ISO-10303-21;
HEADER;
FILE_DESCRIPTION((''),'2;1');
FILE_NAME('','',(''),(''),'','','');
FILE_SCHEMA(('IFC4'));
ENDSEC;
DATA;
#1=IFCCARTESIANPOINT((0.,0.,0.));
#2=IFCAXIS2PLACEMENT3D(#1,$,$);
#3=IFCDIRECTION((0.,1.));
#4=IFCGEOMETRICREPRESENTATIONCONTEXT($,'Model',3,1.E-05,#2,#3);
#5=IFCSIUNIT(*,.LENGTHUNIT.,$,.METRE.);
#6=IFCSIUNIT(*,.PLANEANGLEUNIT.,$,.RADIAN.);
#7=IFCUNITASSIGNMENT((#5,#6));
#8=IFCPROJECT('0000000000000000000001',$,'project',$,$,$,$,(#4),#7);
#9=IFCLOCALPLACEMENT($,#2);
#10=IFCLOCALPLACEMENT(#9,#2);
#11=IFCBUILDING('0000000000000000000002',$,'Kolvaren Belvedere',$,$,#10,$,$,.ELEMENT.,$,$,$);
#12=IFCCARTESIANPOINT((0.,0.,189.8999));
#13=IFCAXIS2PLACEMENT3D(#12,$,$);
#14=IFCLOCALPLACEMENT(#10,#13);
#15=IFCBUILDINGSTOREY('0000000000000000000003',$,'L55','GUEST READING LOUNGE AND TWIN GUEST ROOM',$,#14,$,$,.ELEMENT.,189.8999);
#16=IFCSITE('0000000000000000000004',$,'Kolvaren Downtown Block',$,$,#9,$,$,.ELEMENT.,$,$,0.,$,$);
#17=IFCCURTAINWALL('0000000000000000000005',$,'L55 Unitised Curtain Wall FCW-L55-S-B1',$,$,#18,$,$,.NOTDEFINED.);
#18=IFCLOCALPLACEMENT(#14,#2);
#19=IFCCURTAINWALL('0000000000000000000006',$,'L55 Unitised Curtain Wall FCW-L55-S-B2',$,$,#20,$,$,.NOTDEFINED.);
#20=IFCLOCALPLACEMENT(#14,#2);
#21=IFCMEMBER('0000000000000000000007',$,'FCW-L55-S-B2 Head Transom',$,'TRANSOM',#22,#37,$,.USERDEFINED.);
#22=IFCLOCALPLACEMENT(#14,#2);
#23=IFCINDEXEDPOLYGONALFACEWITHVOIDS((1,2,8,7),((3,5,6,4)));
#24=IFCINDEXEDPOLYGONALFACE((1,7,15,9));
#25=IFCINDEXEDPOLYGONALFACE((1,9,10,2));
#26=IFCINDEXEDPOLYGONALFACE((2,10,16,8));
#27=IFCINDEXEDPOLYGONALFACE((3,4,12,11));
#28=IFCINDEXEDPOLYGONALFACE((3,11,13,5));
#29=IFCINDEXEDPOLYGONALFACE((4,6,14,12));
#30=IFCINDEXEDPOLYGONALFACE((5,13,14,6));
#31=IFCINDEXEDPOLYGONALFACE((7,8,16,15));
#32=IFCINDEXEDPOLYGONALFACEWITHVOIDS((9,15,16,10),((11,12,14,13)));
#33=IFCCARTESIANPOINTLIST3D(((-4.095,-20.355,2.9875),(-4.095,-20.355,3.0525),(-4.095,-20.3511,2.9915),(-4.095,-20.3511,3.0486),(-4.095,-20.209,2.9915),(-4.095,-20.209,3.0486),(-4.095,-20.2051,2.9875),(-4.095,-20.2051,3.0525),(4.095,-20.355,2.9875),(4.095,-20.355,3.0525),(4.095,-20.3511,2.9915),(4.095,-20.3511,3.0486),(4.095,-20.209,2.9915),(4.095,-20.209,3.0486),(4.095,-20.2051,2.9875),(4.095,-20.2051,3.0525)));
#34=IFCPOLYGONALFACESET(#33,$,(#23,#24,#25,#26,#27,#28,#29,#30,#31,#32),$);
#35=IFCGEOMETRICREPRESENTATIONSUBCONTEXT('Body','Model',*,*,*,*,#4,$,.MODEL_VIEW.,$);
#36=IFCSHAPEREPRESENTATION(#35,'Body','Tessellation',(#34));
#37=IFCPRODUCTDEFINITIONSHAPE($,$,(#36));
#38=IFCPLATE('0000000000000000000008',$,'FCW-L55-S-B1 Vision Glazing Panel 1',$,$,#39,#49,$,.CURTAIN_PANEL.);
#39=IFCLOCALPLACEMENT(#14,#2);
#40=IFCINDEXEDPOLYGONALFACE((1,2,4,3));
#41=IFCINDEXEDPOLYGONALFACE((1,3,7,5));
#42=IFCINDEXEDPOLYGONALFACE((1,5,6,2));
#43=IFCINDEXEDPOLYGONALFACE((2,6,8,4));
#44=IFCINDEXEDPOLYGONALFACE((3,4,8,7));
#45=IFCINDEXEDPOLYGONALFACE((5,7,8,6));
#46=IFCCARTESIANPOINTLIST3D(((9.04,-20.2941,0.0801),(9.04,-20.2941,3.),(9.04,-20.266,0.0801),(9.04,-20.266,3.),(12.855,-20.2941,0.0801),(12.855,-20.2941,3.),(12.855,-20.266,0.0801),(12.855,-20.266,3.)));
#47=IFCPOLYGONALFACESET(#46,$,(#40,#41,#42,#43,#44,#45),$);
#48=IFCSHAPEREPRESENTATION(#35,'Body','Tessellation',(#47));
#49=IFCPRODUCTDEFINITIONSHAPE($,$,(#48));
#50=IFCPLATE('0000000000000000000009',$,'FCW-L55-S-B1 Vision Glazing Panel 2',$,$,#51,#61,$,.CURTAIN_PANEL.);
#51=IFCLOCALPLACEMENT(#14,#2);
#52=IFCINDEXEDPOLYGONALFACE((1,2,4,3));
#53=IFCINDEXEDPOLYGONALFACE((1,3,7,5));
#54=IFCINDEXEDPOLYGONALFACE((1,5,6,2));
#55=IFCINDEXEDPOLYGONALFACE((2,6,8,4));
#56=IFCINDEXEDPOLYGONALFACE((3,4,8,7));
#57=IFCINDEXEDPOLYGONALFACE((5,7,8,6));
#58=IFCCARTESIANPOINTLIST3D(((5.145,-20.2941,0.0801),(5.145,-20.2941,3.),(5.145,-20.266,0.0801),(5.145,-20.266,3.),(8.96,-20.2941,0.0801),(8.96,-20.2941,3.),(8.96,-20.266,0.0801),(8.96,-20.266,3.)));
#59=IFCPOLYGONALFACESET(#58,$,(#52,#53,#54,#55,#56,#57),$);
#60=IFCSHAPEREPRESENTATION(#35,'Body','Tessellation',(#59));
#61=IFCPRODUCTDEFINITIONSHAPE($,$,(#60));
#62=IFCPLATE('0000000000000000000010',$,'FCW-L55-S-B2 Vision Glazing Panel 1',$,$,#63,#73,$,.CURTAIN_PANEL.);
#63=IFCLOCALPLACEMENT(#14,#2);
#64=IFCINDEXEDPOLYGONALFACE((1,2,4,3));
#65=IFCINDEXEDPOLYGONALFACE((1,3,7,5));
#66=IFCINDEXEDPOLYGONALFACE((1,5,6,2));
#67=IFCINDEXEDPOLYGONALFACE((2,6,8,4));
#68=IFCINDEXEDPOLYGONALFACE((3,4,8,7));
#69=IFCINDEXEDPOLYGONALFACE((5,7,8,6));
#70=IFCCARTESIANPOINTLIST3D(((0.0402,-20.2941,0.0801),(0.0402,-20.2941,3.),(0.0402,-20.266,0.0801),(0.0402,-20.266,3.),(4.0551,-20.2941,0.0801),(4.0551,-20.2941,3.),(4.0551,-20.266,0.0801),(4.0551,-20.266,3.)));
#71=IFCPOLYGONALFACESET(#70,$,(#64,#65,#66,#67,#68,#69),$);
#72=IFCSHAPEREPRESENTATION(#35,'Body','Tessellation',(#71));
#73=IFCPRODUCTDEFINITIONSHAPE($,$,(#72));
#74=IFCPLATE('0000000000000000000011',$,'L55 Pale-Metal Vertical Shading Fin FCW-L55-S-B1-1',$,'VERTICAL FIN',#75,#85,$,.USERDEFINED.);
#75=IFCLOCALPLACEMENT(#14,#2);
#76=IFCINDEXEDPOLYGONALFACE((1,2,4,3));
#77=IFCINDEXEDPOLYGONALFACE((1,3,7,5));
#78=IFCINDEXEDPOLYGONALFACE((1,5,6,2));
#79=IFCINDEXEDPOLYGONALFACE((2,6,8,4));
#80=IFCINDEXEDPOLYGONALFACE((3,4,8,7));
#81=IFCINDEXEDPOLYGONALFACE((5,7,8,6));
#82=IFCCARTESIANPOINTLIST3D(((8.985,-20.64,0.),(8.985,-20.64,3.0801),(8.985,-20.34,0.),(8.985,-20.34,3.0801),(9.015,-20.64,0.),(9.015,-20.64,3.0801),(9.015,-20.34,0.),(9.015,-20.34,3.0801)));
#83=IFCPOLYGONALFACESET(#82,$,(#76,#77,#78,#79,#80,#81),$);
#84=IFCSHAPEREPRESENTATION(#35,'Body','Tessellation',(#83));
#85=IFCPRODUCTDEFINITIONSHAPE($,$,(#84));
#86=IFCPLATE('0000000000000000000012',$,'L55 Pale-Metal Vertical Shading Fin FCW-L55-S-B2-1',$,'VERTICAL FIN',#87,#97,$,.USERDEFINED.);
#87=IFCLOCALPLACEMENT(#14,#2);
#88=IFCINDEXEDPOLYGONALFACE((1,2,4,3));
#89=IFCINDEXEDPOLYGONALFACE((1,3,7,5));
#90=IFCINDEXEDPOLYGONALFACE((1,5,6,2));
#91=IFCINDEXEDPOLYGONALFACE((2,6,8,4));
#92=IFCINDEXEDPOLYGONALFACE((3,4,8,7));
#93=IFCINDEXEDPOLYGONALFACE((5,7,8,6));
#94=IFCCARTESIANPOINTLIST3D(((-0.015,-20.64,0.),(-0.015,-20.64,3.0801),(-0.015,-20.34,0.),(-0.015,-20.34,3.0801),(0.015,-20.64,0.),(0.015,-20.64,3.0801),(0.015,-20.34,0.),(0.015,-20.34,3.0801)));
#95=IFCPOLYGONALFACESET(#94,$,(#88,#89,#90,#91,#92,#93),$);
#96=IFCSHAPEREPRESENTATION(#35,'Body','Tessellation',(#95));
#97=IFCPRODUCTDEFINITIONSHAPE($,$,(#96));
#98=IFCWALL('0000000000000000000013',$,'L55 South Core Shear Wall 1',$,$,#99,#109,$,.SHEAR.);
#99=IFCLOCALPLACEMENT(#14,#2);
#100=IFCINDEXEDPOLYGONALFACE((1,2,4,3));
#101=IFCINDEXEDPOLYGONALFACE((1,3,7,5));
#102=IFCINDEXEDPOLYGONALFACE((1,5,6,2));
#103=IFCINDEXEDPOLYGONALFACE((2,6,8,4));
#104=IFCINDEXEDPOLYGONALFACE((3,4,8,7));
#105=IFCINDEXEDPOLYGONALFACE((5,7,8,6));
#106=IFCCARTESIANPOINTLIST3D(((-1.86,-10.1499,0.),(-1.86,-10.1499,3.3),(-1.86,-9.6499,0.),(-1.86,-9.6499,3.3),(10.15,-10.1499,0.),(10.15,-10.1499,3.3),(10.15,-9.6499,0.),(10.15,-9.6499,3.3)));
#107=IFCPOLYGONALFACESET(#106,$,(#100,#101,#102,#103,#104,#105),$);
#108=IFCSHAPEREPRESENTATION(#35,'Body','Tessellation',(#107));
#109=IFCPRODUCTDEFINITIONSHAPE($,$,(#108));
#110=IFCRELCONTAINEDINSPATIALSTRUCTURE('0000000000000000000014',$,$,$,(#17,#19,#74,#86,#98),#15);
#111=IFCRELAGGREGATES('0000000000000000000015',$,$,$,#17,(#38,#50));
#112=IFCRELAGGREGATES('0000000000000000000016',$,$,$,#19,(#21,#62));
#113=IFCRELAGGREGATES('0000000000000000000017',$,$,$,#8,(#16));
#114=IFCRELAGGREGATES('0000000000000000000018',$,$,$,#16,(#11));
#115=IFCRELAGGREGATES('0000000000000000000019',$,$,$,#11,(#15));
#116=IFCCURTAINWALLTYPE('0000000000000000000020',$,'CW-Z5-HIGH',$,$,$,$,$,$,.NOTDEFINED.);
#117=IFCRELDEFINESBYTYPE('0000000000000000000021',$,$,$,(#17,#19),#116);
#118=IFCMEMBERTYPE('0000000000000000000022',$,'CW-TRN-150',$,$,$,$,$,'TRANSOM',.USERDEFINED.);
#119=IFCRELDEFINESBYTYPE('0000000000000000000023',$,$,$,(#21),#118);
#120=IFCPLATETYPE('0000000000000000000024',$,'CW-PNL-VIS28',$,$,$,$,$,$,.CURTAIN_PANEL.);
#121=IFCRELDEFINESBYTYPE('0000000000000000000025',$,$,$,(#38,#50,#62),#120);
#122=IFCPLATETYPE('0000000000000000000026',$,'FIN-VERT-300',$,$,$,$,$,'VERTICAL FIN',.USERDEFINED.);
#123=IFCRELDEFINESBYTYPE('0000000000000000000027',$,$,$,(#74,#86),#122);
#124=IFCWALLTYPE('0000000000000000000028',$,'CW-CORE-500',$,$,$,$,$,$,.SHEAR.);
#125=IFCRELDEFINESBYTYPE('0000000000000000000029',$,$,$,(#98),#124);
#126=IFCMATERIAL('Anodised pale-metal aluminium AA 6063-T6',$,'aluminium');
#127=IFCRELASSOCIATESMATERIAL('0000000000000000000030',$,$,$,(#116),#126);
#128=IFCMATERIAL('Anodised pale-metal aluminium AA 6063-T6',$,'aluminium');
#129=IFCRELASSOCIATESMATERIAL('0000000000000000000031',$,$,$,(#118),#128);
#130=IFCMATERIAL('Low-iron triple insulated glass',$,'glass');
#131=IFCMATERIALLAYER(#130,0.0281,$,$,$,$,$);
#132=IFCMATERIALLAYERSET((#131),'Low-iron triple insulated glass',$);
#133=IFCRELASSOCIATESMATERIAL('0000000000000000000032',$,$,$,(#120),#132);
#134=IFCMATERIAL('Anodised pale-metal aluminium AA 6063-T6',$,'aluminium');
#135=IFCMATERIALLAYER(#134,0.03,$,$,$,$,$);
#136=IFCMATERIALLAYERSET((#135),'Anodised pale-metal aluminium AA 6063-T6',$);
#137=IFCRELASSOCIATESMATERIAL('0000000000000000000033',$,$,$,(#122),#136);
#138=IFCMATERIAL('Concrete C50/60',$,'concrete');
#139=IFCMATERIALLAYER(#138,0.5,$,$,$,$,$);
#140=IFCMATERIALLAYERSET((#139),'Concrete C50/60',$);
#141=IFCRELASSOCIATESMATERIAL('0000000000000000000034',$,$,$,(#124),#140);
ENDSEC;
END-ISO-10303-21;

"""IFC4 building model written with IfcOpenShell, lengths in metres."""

from ifc_helpers import new_model, si_unit, direction, frame, frame_2d, origin, origin_2d, place, context, subcontext, project, spatial, rectangle, hollow_rectangle, extrude, material, layer, layer_set, material_profile, profile_set, type_object, element, aggregate, save


model = new_model("IFC4")

# Units and contexts
model_context = context("Model", 3, precision=1e-05, world=origin(), true_north=direction((0.0, 1.0)))
body_context = subcontext(model_context, "Body", "Model", "MODEL_VIEW")
ifc_project = project(units=[si_unit("LENGTHUNIT", "METRE"), si_unit("PLANEANGLEUNIT", "RADIAN")], contexts=[model_context])

# Site, building, storey
site_placement = place(None, origin())
site = spatial("IfcSite", under=ifc_project, at=site_placement, Name="Kolvaren Downtown Block", CompositionType="ELEMENT", RefElevation=0.0)
building_placement = place(site_placement, origin())
building = spatial("IfcBuilding", under=site, at=building_placement, Name="Kolvaren Belvedere", CompositionType="ELEMENT")
storey_placement = place(building_placement, frame((0.0, 0.0, 189.8999)))
storey = spatial("IfcBuildingStorey", under=building, at=storey_placement, Name="L55", Description="GUEST READING LOUNGE AND TWIN GUEST ROOM", CompositionType="ELEMENT", Elevation=189.8999)

# Curtain walls, member
ifc_material_1 = material(Name="Anodised pale-metal aluminium AA 6063-T6", Category="aluminium")
curtain_wall_type = type_object("IfcCurtainWallType", Name="CW-Z5-HIGH", PredefinedType="NOTDEFINED", material=ifc_material_1)
curtain_wall_1_placement = place(storey_placement, origin())
curtain_wall_1 = element("IfcCurtainWall", 1, at=curtain_wall_1_placement, inside=storey, type_object=curtain_wall_type, Name="L55 Unitised Curtain Wall FCW-L55-S-B1", PredefinedType="NOTDEFINED")
curtain_wall_2_placement = place(storey_placement, origin())
curtain_wall_2 = element("IfcCurtainWall", 2, at=curtain_wall_2_placement, inside=storey, type_object=curtain_wall_type, Name="L55 Unitised Curtain Wall FCW-L55-S-B2", PredefinedType="NOTDEFINED")
ifc_material_2 = material(Name="Anodised pale-metal aluminium AA 6063-T6", Category="aluminium")
ifc_material_profile_1 = material_profile(ifc_material_2, hollow_rectangle(XDim=0.0649, YDim=0.1499, WallThickness=0.0039, at=origin_2d()), Name="ALU-TRN-150X65")
ifc_profile_set_1 = profile_set([ifc_material_profile_1], Name="Anodised pale-metal aluminium AA 6063-T6")
member_type_1 = type_object("IfcMemberType", Name="CW-TRN-150", ElementType="TRANSOM", PredefinedType="USERDEFINED", material=ifc_profile_set_1)
member_1_placement = place(storey_placement, frame((4.095, -20.28, 3.02), z_axis=(-1.0, 0.0, 0.0), x_axis=(0.0, 0.0, 1.0)))
member_1 = element("IfcMember", 3, at=member_1_placement, type_object=member_type_1, Name="FCW-L55-S-B2 Head Transom", ObjectType="TRANSOM", PredefinedType="USERDEFINED", context=body_context, shape_type="SweptSolid", body=[
    extrude(hollow_rectangle(XDim=0.0649, YDim=0.1499, WallThickness=0.0039, at=origin_2d()), origin(), (0.0, 0.0, 1.0), 8.1899),
])

# Plates
ifc_material_3 = material(Name="Low-iron triple insulated glass", Category="glass")
ifc_layer_1 = layer(ifc_material_3, 0.0281)
ifc_layer_set_1 = layer_set([ifc_layer_1], Name="Low-iron triple insulated glass")
plate_type_1 = type_object("IfcPlateType", Name="CW-PNL-VIS28", PredefinedType="CURTAIN_PANEL", material=ifc_layer_set_1)
plate_1_placement = place(storey_placement, frame((10.9475, -20.28, 0.0801), z_axis=(0.0, 0.0, 1.0), x_axis=(-1.0, 0.0, 0.0)))
plate_1 = element("IfcPlate", 4, at=plate_1_placement, type_object=plate_type_1, Name="FCW-L55-S-B1 Vision Glazing Panel 1", PredefinedType="CURTAIN_PANEL", context=body_context, shape_type="SweptSolid", body=[
    extrude(rectangle(XDim=3.8149, YDim=0.0281, at=origin_2d()), origin(), (0.0, 0.0, 1.0), 2.9199),
])
plate_2_placement = place(storey_placement, frame((7.0525, -20.28, 0.0801), z_axis=(0.0, 0.0, 1.0), x_axis=(-1.0, 0.0, 0.0)))
plate_2 = element("IfcPlate", 5, at=plate_2_placement, type_object=plate_type_1, Name="FCW-L55-S-B1 Vision Glazing Panel 2", PredefinedType="CURTAIN_PANEL", context=body_context, shape_type="SweptSolid", body=[
    extrude(rectangle(XDim=3.8149, YDim=0.0281, at=origin_2d()), origin(), (0.0, 0.0, 1.0), 2.9199),
])
aggregate(curtain_wall_1, [plate_1, plate_2])
plate_3_placement = place(storey_placement, frame((2.0476, -20.28, 0.0801), z_axis=(0.0, 0.0, 1.0), x_axis=(-1.0, 0.0, 0.0)))
plate_3 = element("IfcPlate", 6, at=plate_3_placement, type_object=plate_type_1, Name="FCW-L55-S-B2 Vision Glazing Panel 1", PredefinedType="CURTAIN_PANEL", context=body_context, shape_type="SweptSolid", body=[
    extrude(rectangle(XDim=4.0149, YDim=0.0281, at=origin_2d()), origin(), (0.0, 0.0, 1.0), 2.9199),
])
aggregate(curtain_wall_2, [member_1, plate_3])

# Plates
ifc_material_4 = material(Name="Anodised pale-metal aluminium AA 6063-T6", Category="aluminium")
ifc_layer_2 = layer(ifc_material_4, 0.03)
ifc_layer_set_2 = layer_set([ifc_layer_2], Name="Anodised pale-metal aluminium AA 6063-T6")
plate_type_2 = type_object("IfcPlateType", Name="FIN-VERT-300", ElementType="VERTICAL FIN", PredefinedType="USERDEFINED", material=ifc_layer_set_2)
for number, where, z_axis, x_axis, name in (
    (7, (9.0, -20.49, 0.0), (0.0, 0.0, 1.0), (0.0, 1.0, 0.0), "L55 Pale-Metal Vertical Shading Fin FCW-L55-S-B1-1"),
    (8, (0.0, -20.49, 0.0), (0.0, 0.0, 1.0), (0.0, 1.0, 0.0), "L55 Pale-Metal Vertical Shading Fin FCW-L55-S-B2-1"),
):
    element("IfcPlate", number, at=place(storey_placement, frame(where, z_axis=z_axis, x_axis=x_axis)), inside=storey, type_object=plate_type_2, Name=name, ObjectType="VERTICAL FIN", PredefinedType="USERDEFINED", context=body_context, shape_type="SweptSolid", body=[
        extrude(rectangle(XDim=0.3, YDim=0.03, at=origin_2d()), origin(), (0.0, 0.0, 1.0), 3.0801),
    ])

# Wall
ifc_material_5 = material(Name="Concrete C50/60", Category="concrete")
ifc_layer_3 = layer(ifc_material_5, 0.5)
ifc_layer_set_3 = layer_set([ifc_layer_3], Name="Concrete C50/60")
wall_type_1 = type_object("IfcWallType", Name="CW-CORE-500", PredefinedType="SHEAR", material=ifc_layer_set_3)
wall_1_placement = place(storey_placement, frame((10.1499, -9.8999, 0.0), z_axis=(0.0, 0.0, 1.0), x_axis=(-1.0, 0.0, 0.0)))
element("IfcWall", 9, at=wall_1_placement, inside=storey, type_object=wall_type_1, Name="L55 South Core Shear Wall 1", PredefinedType="SHEAR", context=body_context, shape_type="SweptSolid", body=[
    extrude(rectangle(XDim=12.01, YDim=0.5, at=frame_2d((6.0049, 0.0))), origin(), (0.0, 0.0, 1.0), 3.3),
])

save(model, "model.ifc")
